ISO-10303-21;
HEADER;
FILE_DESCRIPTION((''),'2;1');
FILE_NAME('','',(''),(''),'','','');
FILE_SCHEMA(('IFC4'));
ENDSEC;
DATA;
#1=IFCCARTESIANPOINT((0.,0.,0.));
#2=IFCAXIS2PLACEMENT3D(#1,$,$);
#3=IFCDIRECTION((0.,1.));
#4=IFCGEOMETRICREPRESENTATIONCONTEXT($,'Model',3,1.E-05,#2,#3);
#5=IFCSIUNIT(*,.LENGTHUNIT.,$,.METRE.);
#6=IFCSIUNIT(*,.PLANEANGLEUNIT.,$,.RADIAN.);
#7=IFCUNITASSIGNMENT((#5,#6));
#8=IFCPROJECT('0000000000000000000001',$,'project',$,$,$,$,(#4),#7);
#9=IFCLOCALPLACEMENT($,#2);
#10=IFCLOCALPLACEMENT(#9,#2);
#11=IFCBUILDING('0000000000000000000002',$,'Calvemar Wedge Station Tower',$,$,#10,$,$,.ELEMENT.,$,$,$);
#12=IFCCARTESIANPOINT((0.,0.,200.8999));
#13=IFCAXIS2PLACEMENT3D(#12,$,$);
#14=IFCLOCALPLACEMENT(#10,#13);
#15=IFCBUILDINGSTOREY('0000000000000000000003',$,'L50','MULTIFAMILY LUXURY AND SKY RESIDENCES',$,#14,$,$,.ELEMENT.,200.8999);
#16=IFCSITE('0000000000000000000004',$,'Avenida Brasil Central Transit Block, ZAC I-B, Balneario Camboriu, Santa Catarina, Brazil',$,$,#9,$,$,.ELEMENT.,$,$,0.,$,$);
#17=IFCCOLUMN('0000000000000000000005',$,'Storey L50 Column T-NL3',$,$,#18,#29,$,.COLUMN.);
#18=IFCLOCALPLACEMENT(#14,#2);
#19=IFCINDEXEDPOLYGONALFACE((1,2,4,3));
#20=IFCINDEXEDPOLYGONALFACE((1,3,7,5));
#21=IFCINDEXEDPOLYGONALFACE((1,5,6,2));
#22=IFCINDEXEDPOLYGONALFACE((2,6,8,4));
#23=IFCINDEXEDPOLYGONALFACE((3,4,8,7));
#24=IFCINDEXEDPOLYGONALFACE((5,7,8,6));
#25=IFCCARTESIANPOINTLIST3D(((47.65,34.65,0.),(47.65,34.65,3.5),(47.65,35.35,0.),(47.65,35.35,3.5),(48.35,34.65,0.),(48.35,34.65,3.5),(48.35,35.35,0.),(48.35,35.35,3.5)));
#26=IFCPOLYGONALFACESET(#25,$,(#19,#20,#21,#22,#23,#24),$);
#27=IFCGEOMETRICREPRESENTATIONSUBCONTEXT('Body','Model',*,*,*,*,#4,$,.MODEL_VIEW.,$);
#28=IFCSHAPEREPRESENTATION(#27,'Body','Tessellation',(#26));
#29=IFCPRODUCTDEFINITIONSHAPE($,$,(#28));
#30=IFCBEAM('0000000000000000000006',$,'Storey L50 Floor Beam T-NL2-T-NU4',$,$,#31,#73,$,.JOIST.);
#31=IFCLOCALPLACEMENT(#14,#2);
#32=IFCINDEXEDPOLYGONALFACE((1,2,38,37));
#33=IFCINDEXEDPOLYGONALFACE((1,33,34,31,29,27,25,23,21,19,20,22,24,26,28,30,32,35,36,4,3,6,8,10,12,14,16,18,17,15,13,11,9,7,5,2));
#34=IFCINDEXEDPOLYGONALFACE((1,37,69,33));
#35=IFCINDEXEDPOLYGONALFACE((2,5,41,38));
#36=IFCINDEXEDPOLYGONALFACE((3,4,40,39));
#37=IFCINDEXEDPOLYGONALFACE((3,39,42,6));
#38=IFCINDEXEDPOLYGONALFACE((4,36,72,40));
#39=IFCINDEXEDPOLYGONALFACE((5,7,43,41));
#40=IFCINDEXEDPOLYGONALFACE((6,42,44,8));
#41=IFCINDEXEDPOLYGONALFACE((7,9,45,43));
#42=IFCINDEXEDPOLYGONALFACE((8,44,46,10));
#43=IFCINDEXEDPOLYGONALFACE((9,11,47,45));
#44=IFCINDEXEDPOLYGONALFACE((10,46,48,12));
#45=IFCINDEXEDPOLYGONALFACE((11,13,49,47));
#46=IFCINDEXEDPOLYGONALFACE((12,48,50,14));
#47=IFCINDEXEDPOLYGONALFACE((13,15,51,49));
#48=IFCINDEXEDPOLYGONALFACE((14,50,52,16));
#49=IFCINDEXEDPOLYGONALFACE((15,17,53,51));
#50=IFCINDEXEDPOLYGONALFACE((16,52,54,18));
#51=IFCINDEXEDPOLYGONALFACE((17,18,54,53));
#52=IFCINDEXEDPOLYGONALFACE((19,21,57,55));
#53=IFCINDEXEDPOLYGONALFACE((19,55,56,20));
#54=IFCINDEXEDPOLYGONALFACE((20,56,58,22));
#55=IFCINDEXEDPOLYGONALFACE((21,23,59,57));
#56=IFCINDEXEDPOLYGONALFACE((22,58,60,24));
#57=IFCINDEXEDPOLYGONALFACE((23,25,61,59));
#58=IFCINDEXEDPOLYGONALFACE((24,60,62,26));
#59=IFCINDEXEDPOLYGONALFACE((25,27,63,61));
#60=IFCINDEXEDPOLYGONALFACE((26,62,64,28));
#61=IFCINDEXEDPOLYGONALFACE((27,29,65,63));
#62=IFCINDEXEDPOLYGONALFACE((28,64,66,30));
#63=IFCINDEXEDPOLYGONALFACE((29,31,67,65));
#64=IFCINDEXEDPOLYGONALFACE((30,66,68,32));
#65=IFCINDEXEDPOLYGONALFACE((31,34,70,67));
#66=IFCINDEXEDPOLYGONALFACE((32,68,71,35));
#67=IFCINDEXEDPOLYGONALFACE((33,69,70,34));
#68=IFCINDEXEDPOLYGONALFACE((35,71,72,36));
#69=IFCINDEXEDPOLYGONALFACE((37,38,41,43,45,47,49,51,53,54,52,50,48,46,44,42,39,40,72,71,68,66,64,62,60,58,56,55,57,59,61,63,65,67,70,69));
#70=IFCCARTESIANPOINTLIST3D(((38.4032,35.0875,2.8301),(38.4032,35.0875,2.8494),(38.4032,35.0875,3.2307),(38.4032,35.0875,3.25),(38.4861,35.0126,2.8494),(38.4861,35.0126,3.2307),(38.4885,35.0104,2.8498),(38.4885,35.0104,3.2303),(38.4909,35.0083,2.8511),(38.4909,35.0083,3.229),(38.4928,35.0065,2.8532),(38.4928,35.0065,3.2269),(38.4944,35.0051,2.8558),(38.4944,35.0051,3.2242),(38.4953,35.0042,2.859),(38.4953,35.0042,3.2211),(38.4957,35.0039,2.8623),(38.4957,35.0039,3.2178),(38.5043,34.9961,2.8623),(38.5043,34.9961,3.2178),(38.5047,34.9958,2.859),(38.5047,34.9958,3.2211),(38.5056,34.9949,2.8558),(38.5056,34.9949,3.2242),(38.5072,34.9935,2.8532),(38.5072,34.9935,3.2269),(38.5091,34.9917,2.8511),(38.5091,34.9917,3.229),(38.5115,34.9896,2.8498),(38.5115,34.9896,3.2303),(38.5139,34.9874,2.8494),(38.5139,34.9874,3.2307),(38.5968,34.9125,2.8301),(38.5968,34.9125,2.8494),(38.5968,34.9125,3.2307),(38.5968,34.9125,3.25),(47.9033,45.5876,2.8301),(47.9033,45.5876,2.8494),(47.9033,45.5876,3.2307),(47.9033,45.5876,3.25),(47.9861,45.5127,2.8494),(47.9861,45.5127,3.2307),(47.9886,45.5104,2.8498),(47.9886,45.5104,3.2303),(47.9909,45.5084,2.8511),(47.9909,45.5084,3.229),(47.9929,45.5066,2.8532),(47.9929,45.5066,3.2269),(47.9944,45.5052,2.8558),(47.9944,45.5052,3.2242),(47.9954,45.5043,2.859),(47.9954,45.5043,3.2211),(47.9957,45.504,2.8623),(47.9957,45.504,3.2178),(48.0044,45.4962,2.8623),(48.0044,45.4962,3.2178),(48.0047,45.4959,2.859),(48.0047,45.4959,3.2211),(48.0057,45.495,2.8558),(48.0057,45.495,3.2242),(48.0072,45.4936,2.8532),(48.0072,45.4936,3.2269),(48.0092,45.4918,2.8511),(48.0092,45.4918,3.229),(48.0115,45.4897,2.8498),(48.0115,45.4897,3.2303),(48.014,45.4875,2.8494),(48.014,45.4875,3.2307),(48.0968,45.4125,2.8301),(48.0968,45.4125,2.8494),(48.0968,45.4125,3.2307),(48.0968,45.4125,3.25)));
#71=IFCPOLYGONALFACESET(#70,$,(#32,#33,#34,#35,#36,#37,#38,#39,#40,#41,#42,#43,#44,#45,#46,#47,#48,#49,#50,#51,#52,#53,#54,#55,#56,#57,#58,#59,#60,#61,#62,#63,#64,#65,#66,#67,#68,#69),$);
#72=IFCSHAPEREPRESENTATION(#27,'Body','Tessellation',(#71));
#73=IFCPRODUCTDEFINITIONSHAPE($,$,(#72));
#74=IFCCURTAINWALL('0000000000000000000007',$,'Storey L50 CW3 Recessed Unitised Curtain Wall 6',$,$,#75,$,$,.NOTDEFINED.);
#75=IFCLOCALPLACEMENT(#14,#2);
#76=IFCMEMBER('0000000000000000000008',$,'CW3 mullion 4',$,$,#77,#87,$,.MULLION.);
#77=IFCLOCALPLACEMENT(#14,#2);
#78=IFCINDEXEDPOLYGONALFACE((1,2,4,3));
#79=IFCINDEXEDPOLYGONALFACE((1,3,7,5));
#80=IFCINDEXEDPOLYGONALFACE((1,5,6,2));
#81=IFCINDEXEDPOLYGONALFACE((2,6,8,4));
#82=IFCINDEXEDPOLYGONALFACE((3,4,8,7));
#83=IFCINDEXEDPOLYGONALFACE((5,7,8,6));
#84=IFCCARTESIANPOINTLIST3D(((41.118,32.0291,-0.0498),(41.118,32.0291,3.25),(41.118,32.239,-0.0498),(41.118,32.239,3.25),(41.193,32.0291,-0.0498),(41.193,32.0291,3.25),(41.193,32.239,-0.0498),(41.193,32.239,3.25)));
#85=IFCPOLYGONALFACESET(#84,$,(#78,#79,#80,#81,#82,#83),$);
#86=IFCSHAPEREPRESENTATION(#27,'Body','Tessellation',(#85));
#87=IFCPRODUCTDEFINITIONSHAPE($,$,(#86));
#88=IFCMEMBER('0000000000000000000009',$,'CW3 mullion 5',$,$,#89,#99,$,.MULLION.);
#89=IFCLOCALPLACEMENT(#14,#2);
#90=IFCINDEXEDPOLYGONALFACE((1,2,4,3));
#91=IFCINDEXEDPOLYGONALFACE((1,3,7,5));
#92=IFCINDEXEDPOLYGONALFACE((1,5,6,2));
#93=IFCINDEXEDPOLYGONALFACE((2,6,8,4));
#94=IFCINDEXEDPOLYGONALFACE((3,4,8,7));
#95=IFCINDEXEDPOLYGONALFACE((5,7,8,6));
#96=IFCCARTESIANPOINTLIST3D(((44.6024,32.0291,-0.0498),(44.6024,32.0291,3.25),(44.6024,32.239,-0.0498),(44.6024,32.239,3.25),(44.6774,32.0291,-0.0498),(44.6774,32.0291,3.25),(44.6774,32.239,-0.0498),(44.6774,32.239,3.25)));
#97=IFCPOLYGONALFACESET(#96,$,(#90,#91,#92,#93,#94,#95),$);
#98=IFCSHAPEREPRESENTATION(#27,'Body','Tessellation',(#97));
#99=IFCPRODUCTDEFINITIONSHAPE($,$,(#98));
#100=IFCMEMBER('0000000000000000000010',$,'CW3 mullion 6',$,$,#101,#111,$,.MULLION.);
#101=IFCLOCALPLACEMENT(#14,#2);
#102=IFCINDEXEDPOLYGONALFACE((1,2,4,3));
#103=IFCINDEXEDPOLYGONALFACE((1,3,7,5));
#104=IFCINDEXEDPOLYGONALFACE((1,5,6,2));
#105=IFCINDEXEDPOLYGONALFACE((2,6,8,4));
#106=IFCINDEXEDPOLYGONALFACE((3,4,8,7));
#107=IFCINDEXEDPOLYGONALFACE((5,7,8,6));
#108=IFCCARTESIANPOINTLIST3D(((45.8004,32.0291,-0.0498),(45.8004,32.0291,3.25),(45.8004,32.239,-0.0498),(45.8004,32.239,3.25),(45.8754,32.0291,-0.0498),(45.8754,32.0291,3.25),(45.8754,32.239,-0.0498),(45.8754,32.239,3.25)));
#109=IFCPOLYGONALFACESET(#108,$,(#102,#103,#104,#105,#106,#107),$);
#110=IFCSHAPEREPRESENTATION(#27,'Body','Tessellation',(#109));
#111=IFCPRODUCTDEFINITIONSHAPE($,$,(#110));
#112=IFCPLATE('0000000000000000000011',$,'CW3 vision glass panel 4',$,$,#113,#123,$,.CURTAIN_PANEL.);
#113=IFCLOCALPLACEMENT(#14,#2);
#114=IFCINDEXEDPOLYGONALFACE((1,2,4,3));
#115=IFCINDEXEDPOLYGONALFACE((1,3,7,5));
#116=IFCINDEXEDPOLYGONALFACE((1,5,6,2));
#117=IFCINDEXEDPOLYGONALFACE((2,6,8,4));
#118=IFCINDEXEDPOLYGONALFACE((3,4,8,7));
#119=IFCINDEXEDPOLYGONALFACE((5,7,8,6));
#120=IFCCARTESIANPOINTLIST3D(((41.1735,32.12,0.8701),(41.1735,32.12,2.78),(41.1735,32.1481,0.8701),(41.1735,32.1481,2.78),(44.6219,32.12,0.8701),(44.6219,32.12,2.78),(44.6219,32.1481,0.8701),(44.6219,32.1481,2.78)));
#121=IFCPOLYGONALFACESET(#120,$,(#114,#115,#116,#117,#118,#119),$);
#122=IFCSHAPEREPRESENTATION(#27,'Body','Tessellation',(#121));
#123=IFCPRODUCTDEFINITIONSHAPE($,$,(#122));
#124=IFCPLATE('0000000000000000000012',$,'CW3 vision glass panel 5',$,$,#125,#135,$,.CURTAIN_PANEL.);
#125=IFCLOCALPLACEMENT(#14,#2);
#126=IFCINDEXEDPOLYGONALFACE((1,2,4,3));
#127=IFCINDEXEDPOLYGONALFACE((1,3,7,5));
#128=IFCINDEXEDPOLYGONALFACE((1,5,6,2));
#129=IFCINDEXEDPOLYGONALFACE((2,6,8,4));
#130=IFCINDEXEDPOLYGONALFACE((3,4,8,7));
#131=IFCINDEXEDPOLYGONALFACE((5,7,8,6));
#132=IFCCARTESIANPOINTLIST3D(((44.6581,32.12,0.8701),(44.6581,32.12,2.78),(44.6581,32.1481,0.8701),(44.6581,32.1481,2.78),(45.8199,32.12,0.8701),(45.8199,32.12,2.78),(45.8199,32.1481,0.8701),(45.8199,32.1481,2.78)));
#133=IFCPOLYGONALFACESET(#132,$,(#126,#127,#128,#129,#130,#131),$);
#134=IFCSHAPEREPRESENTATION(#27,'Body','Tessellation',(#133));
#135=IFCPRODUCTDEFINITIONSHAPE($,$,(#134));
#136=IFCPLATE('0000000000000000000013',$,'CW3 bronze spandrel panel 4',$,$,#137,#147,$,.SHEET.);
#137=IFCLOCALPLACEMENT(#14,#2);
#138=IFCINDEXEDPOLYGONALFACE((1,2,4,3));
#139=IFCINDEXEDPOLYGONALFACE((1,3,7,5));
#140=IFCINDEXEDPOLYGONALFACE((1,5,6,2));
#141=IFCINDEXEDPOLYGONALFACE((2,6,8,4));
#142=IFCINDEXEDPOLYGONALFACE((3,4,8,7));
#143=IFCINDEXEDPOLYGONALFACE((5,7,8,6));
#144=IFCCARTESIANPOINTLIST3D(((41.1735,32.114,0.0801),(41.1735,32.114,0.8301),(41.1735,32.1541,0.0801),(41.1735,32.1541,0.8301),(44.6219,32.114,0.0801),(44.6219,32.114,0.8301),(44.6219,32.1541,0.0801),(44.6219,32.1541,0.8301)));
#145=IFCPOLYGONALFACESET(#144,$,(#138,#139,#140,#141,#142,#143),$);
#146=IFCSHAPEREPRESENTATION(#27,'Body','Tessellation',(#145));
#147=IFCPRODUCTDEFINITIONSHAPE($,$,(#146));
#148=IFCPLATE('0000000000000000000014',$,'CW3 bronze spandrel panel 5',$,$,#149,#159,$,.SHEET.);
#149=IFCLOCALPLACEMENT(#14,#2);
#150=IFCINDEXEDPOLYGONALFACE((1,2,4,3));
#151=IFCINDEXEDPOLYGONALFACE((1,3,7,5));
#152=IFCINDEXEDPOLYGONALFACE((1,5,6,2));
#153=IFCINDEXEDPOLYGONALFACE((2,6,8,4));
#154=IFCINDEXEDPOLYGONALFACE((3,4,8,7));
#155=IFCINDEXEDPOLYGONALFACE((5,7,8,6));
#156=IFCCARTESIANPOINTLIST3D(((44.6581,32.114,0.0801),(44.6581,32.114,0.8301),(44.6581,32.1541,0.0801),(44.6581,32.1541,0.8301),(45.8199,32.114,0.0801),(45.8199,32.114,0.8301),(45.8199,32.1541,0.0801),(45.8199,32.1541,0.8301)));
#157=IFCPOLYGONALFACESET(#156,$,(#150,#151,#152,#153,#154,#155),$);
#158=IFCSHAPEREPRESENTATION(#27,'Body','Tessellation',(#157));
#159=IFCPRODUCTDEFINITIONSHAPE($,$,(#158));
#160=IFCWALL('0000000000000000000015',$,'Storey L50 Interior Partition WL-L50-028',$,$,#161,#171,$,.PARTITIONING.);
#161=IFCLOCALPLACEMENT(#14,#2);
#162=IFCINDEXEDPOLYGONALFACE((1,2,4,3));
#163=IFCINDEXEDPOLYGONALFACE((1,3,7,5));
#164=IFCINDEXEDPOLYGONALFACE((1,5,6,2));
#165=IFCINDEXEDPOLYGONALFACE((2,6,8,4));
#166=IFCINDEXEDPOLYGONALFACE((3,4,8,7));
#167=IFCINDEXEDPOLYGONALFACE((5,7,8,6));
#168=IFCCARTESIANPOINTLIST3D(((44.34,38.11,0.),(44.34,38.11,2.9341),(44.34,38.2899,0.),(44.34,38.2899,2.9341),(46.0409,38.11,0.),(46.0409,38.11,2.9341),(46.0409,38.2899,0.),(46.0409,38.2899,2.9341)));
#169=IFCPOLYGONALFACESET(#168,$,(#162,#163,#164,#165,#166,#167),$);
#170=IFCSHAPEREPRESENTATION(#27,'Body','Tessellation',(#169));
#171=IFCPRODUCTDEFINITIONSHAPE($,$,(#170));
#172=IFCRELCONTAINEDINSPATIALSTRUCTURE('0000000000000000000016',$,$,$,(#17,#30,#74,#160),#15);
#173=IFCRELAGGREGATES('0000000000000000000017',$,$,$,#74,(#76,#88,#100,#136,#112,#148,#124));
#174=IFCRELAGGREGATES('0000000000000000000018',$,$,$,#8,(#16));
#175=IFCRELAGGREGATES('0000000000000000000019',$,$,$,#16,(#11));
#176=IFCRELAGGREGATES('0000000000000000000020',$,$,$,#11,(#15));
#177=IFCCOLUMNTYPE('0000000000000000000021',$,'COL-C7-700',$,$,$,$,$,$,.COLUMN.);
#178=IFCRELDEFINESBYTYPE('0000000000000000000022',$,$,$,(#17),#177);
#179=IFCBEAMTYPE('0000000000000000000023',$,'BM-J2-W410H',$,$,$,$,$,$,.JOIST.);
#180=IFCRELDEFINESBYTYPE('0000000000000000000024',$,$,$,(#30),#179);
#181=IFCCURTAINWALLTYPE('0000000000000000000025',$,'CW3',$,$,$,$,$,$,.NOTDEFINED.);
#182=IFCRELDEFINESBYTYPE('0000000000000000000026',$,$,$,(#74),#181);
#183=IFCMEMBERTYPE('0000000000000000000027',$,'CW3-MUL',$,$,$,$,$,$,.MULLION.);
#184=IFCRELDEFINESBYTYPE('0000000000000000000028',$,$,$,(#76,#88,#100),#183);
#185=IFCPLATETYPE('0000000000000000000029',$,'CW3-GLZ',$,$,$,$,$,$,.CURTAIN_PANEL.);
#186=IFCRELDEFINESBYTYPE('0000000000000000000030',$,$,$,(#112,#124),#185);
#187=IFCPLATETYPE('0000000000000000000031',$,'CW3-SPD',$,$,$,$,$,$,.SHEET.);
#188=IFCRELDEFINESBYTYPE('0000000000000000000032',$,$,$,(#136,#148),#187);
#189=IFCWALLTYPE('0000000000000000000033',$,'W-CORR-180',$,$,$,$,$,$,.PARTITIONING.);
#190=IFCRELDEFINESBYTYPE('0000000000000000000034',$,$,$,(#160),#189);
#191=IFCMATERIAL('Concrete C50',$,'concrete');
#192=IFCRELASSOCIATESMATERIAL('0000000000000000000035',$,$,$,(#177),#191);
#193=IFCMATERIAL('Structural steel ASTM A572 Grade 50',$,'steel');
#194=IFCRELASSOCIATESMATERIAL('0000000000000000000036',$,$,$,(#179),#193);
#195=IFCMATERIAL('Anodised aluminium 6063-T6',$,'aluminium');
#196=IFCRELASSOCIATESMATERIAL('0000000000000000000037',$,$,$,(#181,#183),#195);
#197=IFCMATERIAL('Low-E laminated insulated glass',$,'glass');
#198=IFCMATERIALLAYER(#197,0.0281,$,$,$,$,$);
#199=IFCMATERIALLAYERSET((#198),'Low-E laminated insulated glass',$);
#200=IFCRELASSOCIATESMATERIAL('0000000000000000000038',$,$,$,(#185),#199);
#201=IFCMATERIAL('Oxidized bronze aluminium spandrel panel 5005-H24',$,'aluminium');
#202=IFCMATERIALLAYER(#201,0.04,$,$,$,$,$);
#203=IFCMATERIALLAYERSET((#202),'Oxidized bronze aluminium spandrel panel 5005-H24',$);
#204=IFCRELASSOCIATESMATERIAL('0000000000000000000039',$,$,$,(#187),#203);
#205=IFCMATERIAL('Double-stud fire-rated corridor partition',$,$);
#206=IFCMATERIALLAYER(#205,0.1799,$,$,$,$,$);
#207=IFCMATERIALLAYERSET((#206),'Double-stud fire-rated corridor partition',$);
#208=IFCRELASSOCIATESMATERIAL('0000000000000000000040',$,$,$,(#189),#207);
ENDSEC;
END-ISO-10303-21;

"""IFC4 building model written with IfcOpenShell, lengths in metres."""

from ifc_helpers import new_model, si_unit, direction, frame, frame_2d, origin, origin_2d, place, context, subcontext, project, spatial, rectangle, i_section, extrude, source, transform, mapped, material, layer, layer_set, material_profile, profile_set, type_object, element, aggregate, save


model = new_model("IFC4")

# Units and contexts
model_context = context("Model", 3, precision=1e-05, world=origin(), true_north=direction((0.0, 1.0)))
body_context = subcontext(model_context, "Body", "Model", "MODEL_VIEW")
ifc_project = project(units=[si_unit("LENGTHUNIT", "METRE"), si_unit("PLANEANGLEUNIT", "RADIAN")], contexts=[model_context])

# Site, building, storey
site_placement = place(None, origin())
site = spatial("IfcSite", under=ifc_project, at=site_placement, Name="Avenida Brasil Central Transit Block, ZAC I-B, Balneario Camboriu, Santa Catarina, Brazil", CompositionType="ELEMENT", RefElevation=0.0)
building_placement = place(site_placement, origin())
building = spatial("IfcBuilding", under=site, at=building_placement, Name="Calvemar Wedge Station Tower", CompositionType="ELEMENT")
storey_placement = place(building_placement, frame((0.0, 0.0, 200.8999)))
storey = spatial("IfcBuildingStorey", under=building, at=storey_placement, Name="L50", Description="MULTIFAMILY LUXURY AND SKY RESIDENCES", CompositionType="ELEMENT", Elevation=200.8999)

# Column
ifc_material_1 = material(Name="Concrete C50", Category="concrete")
ifc_material_profile_1 = material_profile(ifc_material_1, rectangle(XDim=0.7, YDim=0.7, at=origin_2d()), Name="RC700x700")
ifc_profile_set_1 = profile_set([ifc_material_profile_1], Name="Concrete C50")
column_type = type_object("IfcColumnType", Name="COL-C7-700", PredefinedType="COLUMN", material=ifc_profile_set_1)
shared_shape_1 = source(origin(), body_context, "Body", "SweptSolid", [
    extrude(rectangle(XDim=0.7, YDim=0.7, at=origin_2d()), origin(), (0.0, 0.0, 1.0), 3.5),
])
column_placement = place(storey_placement, frame((48.0, 35.0, 0.0), z_axis=(0.0, 0.0, 1.0), x_axis=(1.0, 0.0, 0.0)))
element("IfcColumn", 1, at=column_placement, inside=storey, type_object=column_type, Name="Storey L50 Column T-NL3", PredefinedType="COLUMN", context=body_context, shape_type="MappedRepresentation", body=[
    mapped(shared_shape_1, transform((0.0, 0.0, 0.0), scale=1.0)),
])

# Beam
ifc_material_2 = material(Name="Structural steel ASTM A572 Grade 50", Category="steel")
ifc_material_profile_2 = material_profile(ifc_material_2, i_section(OverallWidth=0.261, OverallDepth=0.4199, WebThickness=0.0117, FlangeThickness=0.0193, FilletRadius=0.0129, at=origin_2d()), Name="W410x114")
ifc_profile_set_2 = profile_set([ifc_material_profile_2], Name="Structural steel ASTM A572 Grade 50")
beam_type = type_object("IfcBeamType", Name="BM-J2-W410H", PredefinedType="JOIST", material=ifc_profile_set_2)
shared_shape_2 = source(origin(), body_context, "Body", "SweptSolid", [
    extrude(i_section(OverallWidth=0.261, OverallDepth=0.4199, WebThickness=0.0117, FlangeThickness=0.0193, FilletRadius=0.0129, at=origin_2d()), origin(), (0.0, 0.0, 1.0), 14.1599),
])
beam_placement = place(storey_placement, frame((38.5, 35.0, 3.04), z_axis=(0.670913, 0.741536, 0.0), x_axis=(-0.741536, 0.670913, 0.0)))
element("IfcBeam", 2, at=beam_placement, inside=storey, type_object=beam_type, Name="Storey L50 Floor Beam T-NL2-T-NU4", PredefinedType="JOIST", context=body_context, shape_type="MappedRepresentation", body=[
    mapped(shared_shape_2, transform((0.0, 0.0, 0.0), scale=1.0)),
])

# Curtain wall, members, plates
ifc_material_3 = material(Name="Anodised aluminium 6063-T6", Category="aluminium")
curtain_wall_type = type_object("IfcCurtainWallType", Name="CW3", PredefinedType="NOTDEFINED", material=ifc_material_3)
curtain_wall_placement = place(storey_placement, origin())
curtain_wall = element("IfcCurtainWall", 3, at=curtain_wall_placement, inside=storey, type_object=curtain_wall_type, Name="Storey L50 CW3 Recessed Unitised Curtain Wall 6", PredefinedType="NOTDEFINED")
ifc_material_profile_3 = material_profile(ifc_material_3, rectangle(XDim=0.075, YDim=0.21, at=origin_2d()), Name="AL-MUL-75x210")
ifc_profile_set_3 = profile_set([ifc_material_profile_3], Name="Anodised aluminium 6063-T6")
member_type = type_object("IfcMemberType", Name="CW3-MUL", PredefinedType="MULLION", material=ifc_profile_set_3)
shared_shape_3 = source(origin(), body_context, "Body", "SweptSolid", [
    extrude(rectangle(XDim=0.075, YDim=0.21, at=origin_2d()), origin(), (0.0, 0.0, 1.0), 3.2998),
])
member_1_placement = place(storey_placement, frame((41.1555, 32.134, -0.0498), z_axis=(0.0, 0.0, 1.0), x_axis=(1.0, 0.0, 0.0)))
member_1 = element("IfcMember", 4, at=member_1_placement, type_object=member_type, Name="CW3 mullion 4", PredefinedType="MULLION", context=body_context, shape_type="MappedRepresentation", body=[
    mapped(shared_shape_3, transform((0.0, 0.0, 0.0), scale=1.0)),
])
member_2_placement = place(storey_placement, frame((44.6399, 32.134, -0.0498), z_axis=(0.0, 0.0, 1.0), x_axis=(1.0, 0.0, 0.0)))
member_2 = element("IfcMember", 5, at=member_2_placement, type_object=member_type, Name="CW3 mullion 5", PredefinedType="MULLION", context=body_context, shape_type="MappedRepresentation", body=[
    mapped(shared_shape_3, transform((0.0, 0.0, 0.0), scale=1.0)),
])
member_3_placement = place(storey_placement, frame((45.8379, 32.134, -0.0498), z_axis=(0.0, 0.0, 1.0), x_axis=(1.0, 0.0, 0.0)))
member_3 = element("IfcMember", 6, at=member_3_placement, type_object=member_type, Name="CW3 mullion 6", PredefinedType="MULLION", context=body_context, shape_type="MappedRepresentation", body=[
    mapped(shared_shape_3, transform((0.0, 0.0, 0.0), scale=1.0)),
])
ifc_material_4 = material(Name="Low-E laminated insulated glass", Category="glass")
ifc_layer_1 = layer(ifc_material_4, 0.0281)
ifc_layer_set_1 = layer_set([ifc_layer_1], Name="Low-E laminated insulated glass")
plate_type_1 = type_object("IfcPlateType", Name="CW3-GLZ", PredefinedType="CURTAIN_PANEL", material=ifc_layer_set_1)
plate_1_placement = place(storey_placement, frame((41.1736, 32.134, 0.8701), z_axis=(0.0, 0.0, 1.0), x_axis=(1.0, 0.0, 0.0)))
plate_1 = element("IfcPlate", 7, at=plate_1_placement, type_object=plate_type_1, Name="CW3 vision glass panel 4", PredefinedType="CURTAIN_PANEL", context=body_context, shape_type="SweptSolid", body=[
    extrude(rectangle(XDim=3.4485, YDim=0.0281, at=frame_2d((1.7241, 0.0))), origin(), (0.0, 0.0, 1.0), 1.9099),
])
plate_2_placement = place(storey_placement, frame((44.658, 32.134, 0.8701), z_axis=(0.0, 0.0, 1.0), x_axis=(1.0, 0.0, 0.0)))
plate_2 = element("IfcPlate", 8, at=plate_2_placement, type_object=plate_type_1, Name="CW3 vision glass panel 5", PredefinedType="CURTAIN_PANEL", context=body_context, shape_type="SweptSolid", body=[
    extrude(rectangle(XDim=1.1619, YDim=0.0281, at=frame_2d((0.5811, 0.0))), origin(), (0.0, 0.0, 1.0), 1.9099),
])
ifc_material_5 = material(Name="Oxidized bronze aluminium spandrel panel 5005-H24", Category="aluminium")
ifc_layer_2 = layer(ifc_material_5, 0.04)
ifc_layer_set_2 = layer_set([ifc_layer_2], Name="Oxidized bronze aluminium spandrel panel 5005-H24")
plate_type_2 = type_object("IfcPlateType", Name="CW3-SPD", PredefinedType="SHEET", material=ifc_layer_set_2)
plate_3_placement = place(storey_placement, frame((41.1736, 32.134, 0.0801), z_axis=(0.0, 0.0, 1.0), x_axis=(1.0, 0.0, 0.0)))
plate_3 = element("IfcPlate", 9, at=plate_3_placement, type_object=plate_type_2, Name="CW3 bronze spandrel panel 4", PredefinedType="SHEET", context=body_context, shape_type="SweptSolid", body=[
    extrude(rectangle(XDim=3.4485, YDim=0.04, at=frame_2d((1.7241, 0.0))), origin(), (0.0, 0.0, 1.0), 0.75),
])
plate_4_placement = place(storey_placement, frame((44.658, 32.134, 0.0801), z_axis=(0.0, 0.0, 1.0), x_axis=(1.0, 0.0, 0.0)))
plate_4 = element("IfcPlate", 10, at=plate_4_placement, type_object=plate_type_2, Name="CW3 bronze spandrel panel 5", PredefinedType="SHEET", context=body_context, shape_type="SweptSolid", body=[
    extrude(rectangle(XDim=1.1619, YDim=0.04, at=frame_2d((0.5811, 0.0))), origin(), (0.0, 0.0, 1.0), 0.75),
])
aggregate(curtain_wall, [member_1, member_2, member_3, plate_3, plate_1, plate_4, plate_2])

# Wall
ifc_material_6 = material(Name="Double-stud fire-rated corridor partition")
ifc_layer_3 = layer(ifc_material_6, 0.1799)
ifc_layer_set_3 = layer_set([ifc_layer_3], Name="Double-stud fire-rated corridor partition")
wall_type_1 = type_object("IfcWallType", Name="W-CORR-180", PredefinedType="PARTITIONING", material=ifc_layer_set_3)
wall_1_placement = place(storey_placement, frame((46.041, 38.2, 0.0), z_axis=(0.0, 0.0, 1.0), x_axis=(-1.0, 0.0, 0.0)))
element("IfcWall", 11, at=wall_1_placement, inside=storey, type_object=wall_type_1, Name="Storey L50 Interior Partition WL-L50-028", PredefinedType="PARTITIONING", context=body_context, shape_type="SweptSolid", body=[
    extrude(rectangle(XDim=1.7009, YDim=0.1799, at=frame_2d((0.8506, 0.0))), origin(), (0.0, 0.0, 1.0), 2.9341),
])

save(model, "model.ifc")
